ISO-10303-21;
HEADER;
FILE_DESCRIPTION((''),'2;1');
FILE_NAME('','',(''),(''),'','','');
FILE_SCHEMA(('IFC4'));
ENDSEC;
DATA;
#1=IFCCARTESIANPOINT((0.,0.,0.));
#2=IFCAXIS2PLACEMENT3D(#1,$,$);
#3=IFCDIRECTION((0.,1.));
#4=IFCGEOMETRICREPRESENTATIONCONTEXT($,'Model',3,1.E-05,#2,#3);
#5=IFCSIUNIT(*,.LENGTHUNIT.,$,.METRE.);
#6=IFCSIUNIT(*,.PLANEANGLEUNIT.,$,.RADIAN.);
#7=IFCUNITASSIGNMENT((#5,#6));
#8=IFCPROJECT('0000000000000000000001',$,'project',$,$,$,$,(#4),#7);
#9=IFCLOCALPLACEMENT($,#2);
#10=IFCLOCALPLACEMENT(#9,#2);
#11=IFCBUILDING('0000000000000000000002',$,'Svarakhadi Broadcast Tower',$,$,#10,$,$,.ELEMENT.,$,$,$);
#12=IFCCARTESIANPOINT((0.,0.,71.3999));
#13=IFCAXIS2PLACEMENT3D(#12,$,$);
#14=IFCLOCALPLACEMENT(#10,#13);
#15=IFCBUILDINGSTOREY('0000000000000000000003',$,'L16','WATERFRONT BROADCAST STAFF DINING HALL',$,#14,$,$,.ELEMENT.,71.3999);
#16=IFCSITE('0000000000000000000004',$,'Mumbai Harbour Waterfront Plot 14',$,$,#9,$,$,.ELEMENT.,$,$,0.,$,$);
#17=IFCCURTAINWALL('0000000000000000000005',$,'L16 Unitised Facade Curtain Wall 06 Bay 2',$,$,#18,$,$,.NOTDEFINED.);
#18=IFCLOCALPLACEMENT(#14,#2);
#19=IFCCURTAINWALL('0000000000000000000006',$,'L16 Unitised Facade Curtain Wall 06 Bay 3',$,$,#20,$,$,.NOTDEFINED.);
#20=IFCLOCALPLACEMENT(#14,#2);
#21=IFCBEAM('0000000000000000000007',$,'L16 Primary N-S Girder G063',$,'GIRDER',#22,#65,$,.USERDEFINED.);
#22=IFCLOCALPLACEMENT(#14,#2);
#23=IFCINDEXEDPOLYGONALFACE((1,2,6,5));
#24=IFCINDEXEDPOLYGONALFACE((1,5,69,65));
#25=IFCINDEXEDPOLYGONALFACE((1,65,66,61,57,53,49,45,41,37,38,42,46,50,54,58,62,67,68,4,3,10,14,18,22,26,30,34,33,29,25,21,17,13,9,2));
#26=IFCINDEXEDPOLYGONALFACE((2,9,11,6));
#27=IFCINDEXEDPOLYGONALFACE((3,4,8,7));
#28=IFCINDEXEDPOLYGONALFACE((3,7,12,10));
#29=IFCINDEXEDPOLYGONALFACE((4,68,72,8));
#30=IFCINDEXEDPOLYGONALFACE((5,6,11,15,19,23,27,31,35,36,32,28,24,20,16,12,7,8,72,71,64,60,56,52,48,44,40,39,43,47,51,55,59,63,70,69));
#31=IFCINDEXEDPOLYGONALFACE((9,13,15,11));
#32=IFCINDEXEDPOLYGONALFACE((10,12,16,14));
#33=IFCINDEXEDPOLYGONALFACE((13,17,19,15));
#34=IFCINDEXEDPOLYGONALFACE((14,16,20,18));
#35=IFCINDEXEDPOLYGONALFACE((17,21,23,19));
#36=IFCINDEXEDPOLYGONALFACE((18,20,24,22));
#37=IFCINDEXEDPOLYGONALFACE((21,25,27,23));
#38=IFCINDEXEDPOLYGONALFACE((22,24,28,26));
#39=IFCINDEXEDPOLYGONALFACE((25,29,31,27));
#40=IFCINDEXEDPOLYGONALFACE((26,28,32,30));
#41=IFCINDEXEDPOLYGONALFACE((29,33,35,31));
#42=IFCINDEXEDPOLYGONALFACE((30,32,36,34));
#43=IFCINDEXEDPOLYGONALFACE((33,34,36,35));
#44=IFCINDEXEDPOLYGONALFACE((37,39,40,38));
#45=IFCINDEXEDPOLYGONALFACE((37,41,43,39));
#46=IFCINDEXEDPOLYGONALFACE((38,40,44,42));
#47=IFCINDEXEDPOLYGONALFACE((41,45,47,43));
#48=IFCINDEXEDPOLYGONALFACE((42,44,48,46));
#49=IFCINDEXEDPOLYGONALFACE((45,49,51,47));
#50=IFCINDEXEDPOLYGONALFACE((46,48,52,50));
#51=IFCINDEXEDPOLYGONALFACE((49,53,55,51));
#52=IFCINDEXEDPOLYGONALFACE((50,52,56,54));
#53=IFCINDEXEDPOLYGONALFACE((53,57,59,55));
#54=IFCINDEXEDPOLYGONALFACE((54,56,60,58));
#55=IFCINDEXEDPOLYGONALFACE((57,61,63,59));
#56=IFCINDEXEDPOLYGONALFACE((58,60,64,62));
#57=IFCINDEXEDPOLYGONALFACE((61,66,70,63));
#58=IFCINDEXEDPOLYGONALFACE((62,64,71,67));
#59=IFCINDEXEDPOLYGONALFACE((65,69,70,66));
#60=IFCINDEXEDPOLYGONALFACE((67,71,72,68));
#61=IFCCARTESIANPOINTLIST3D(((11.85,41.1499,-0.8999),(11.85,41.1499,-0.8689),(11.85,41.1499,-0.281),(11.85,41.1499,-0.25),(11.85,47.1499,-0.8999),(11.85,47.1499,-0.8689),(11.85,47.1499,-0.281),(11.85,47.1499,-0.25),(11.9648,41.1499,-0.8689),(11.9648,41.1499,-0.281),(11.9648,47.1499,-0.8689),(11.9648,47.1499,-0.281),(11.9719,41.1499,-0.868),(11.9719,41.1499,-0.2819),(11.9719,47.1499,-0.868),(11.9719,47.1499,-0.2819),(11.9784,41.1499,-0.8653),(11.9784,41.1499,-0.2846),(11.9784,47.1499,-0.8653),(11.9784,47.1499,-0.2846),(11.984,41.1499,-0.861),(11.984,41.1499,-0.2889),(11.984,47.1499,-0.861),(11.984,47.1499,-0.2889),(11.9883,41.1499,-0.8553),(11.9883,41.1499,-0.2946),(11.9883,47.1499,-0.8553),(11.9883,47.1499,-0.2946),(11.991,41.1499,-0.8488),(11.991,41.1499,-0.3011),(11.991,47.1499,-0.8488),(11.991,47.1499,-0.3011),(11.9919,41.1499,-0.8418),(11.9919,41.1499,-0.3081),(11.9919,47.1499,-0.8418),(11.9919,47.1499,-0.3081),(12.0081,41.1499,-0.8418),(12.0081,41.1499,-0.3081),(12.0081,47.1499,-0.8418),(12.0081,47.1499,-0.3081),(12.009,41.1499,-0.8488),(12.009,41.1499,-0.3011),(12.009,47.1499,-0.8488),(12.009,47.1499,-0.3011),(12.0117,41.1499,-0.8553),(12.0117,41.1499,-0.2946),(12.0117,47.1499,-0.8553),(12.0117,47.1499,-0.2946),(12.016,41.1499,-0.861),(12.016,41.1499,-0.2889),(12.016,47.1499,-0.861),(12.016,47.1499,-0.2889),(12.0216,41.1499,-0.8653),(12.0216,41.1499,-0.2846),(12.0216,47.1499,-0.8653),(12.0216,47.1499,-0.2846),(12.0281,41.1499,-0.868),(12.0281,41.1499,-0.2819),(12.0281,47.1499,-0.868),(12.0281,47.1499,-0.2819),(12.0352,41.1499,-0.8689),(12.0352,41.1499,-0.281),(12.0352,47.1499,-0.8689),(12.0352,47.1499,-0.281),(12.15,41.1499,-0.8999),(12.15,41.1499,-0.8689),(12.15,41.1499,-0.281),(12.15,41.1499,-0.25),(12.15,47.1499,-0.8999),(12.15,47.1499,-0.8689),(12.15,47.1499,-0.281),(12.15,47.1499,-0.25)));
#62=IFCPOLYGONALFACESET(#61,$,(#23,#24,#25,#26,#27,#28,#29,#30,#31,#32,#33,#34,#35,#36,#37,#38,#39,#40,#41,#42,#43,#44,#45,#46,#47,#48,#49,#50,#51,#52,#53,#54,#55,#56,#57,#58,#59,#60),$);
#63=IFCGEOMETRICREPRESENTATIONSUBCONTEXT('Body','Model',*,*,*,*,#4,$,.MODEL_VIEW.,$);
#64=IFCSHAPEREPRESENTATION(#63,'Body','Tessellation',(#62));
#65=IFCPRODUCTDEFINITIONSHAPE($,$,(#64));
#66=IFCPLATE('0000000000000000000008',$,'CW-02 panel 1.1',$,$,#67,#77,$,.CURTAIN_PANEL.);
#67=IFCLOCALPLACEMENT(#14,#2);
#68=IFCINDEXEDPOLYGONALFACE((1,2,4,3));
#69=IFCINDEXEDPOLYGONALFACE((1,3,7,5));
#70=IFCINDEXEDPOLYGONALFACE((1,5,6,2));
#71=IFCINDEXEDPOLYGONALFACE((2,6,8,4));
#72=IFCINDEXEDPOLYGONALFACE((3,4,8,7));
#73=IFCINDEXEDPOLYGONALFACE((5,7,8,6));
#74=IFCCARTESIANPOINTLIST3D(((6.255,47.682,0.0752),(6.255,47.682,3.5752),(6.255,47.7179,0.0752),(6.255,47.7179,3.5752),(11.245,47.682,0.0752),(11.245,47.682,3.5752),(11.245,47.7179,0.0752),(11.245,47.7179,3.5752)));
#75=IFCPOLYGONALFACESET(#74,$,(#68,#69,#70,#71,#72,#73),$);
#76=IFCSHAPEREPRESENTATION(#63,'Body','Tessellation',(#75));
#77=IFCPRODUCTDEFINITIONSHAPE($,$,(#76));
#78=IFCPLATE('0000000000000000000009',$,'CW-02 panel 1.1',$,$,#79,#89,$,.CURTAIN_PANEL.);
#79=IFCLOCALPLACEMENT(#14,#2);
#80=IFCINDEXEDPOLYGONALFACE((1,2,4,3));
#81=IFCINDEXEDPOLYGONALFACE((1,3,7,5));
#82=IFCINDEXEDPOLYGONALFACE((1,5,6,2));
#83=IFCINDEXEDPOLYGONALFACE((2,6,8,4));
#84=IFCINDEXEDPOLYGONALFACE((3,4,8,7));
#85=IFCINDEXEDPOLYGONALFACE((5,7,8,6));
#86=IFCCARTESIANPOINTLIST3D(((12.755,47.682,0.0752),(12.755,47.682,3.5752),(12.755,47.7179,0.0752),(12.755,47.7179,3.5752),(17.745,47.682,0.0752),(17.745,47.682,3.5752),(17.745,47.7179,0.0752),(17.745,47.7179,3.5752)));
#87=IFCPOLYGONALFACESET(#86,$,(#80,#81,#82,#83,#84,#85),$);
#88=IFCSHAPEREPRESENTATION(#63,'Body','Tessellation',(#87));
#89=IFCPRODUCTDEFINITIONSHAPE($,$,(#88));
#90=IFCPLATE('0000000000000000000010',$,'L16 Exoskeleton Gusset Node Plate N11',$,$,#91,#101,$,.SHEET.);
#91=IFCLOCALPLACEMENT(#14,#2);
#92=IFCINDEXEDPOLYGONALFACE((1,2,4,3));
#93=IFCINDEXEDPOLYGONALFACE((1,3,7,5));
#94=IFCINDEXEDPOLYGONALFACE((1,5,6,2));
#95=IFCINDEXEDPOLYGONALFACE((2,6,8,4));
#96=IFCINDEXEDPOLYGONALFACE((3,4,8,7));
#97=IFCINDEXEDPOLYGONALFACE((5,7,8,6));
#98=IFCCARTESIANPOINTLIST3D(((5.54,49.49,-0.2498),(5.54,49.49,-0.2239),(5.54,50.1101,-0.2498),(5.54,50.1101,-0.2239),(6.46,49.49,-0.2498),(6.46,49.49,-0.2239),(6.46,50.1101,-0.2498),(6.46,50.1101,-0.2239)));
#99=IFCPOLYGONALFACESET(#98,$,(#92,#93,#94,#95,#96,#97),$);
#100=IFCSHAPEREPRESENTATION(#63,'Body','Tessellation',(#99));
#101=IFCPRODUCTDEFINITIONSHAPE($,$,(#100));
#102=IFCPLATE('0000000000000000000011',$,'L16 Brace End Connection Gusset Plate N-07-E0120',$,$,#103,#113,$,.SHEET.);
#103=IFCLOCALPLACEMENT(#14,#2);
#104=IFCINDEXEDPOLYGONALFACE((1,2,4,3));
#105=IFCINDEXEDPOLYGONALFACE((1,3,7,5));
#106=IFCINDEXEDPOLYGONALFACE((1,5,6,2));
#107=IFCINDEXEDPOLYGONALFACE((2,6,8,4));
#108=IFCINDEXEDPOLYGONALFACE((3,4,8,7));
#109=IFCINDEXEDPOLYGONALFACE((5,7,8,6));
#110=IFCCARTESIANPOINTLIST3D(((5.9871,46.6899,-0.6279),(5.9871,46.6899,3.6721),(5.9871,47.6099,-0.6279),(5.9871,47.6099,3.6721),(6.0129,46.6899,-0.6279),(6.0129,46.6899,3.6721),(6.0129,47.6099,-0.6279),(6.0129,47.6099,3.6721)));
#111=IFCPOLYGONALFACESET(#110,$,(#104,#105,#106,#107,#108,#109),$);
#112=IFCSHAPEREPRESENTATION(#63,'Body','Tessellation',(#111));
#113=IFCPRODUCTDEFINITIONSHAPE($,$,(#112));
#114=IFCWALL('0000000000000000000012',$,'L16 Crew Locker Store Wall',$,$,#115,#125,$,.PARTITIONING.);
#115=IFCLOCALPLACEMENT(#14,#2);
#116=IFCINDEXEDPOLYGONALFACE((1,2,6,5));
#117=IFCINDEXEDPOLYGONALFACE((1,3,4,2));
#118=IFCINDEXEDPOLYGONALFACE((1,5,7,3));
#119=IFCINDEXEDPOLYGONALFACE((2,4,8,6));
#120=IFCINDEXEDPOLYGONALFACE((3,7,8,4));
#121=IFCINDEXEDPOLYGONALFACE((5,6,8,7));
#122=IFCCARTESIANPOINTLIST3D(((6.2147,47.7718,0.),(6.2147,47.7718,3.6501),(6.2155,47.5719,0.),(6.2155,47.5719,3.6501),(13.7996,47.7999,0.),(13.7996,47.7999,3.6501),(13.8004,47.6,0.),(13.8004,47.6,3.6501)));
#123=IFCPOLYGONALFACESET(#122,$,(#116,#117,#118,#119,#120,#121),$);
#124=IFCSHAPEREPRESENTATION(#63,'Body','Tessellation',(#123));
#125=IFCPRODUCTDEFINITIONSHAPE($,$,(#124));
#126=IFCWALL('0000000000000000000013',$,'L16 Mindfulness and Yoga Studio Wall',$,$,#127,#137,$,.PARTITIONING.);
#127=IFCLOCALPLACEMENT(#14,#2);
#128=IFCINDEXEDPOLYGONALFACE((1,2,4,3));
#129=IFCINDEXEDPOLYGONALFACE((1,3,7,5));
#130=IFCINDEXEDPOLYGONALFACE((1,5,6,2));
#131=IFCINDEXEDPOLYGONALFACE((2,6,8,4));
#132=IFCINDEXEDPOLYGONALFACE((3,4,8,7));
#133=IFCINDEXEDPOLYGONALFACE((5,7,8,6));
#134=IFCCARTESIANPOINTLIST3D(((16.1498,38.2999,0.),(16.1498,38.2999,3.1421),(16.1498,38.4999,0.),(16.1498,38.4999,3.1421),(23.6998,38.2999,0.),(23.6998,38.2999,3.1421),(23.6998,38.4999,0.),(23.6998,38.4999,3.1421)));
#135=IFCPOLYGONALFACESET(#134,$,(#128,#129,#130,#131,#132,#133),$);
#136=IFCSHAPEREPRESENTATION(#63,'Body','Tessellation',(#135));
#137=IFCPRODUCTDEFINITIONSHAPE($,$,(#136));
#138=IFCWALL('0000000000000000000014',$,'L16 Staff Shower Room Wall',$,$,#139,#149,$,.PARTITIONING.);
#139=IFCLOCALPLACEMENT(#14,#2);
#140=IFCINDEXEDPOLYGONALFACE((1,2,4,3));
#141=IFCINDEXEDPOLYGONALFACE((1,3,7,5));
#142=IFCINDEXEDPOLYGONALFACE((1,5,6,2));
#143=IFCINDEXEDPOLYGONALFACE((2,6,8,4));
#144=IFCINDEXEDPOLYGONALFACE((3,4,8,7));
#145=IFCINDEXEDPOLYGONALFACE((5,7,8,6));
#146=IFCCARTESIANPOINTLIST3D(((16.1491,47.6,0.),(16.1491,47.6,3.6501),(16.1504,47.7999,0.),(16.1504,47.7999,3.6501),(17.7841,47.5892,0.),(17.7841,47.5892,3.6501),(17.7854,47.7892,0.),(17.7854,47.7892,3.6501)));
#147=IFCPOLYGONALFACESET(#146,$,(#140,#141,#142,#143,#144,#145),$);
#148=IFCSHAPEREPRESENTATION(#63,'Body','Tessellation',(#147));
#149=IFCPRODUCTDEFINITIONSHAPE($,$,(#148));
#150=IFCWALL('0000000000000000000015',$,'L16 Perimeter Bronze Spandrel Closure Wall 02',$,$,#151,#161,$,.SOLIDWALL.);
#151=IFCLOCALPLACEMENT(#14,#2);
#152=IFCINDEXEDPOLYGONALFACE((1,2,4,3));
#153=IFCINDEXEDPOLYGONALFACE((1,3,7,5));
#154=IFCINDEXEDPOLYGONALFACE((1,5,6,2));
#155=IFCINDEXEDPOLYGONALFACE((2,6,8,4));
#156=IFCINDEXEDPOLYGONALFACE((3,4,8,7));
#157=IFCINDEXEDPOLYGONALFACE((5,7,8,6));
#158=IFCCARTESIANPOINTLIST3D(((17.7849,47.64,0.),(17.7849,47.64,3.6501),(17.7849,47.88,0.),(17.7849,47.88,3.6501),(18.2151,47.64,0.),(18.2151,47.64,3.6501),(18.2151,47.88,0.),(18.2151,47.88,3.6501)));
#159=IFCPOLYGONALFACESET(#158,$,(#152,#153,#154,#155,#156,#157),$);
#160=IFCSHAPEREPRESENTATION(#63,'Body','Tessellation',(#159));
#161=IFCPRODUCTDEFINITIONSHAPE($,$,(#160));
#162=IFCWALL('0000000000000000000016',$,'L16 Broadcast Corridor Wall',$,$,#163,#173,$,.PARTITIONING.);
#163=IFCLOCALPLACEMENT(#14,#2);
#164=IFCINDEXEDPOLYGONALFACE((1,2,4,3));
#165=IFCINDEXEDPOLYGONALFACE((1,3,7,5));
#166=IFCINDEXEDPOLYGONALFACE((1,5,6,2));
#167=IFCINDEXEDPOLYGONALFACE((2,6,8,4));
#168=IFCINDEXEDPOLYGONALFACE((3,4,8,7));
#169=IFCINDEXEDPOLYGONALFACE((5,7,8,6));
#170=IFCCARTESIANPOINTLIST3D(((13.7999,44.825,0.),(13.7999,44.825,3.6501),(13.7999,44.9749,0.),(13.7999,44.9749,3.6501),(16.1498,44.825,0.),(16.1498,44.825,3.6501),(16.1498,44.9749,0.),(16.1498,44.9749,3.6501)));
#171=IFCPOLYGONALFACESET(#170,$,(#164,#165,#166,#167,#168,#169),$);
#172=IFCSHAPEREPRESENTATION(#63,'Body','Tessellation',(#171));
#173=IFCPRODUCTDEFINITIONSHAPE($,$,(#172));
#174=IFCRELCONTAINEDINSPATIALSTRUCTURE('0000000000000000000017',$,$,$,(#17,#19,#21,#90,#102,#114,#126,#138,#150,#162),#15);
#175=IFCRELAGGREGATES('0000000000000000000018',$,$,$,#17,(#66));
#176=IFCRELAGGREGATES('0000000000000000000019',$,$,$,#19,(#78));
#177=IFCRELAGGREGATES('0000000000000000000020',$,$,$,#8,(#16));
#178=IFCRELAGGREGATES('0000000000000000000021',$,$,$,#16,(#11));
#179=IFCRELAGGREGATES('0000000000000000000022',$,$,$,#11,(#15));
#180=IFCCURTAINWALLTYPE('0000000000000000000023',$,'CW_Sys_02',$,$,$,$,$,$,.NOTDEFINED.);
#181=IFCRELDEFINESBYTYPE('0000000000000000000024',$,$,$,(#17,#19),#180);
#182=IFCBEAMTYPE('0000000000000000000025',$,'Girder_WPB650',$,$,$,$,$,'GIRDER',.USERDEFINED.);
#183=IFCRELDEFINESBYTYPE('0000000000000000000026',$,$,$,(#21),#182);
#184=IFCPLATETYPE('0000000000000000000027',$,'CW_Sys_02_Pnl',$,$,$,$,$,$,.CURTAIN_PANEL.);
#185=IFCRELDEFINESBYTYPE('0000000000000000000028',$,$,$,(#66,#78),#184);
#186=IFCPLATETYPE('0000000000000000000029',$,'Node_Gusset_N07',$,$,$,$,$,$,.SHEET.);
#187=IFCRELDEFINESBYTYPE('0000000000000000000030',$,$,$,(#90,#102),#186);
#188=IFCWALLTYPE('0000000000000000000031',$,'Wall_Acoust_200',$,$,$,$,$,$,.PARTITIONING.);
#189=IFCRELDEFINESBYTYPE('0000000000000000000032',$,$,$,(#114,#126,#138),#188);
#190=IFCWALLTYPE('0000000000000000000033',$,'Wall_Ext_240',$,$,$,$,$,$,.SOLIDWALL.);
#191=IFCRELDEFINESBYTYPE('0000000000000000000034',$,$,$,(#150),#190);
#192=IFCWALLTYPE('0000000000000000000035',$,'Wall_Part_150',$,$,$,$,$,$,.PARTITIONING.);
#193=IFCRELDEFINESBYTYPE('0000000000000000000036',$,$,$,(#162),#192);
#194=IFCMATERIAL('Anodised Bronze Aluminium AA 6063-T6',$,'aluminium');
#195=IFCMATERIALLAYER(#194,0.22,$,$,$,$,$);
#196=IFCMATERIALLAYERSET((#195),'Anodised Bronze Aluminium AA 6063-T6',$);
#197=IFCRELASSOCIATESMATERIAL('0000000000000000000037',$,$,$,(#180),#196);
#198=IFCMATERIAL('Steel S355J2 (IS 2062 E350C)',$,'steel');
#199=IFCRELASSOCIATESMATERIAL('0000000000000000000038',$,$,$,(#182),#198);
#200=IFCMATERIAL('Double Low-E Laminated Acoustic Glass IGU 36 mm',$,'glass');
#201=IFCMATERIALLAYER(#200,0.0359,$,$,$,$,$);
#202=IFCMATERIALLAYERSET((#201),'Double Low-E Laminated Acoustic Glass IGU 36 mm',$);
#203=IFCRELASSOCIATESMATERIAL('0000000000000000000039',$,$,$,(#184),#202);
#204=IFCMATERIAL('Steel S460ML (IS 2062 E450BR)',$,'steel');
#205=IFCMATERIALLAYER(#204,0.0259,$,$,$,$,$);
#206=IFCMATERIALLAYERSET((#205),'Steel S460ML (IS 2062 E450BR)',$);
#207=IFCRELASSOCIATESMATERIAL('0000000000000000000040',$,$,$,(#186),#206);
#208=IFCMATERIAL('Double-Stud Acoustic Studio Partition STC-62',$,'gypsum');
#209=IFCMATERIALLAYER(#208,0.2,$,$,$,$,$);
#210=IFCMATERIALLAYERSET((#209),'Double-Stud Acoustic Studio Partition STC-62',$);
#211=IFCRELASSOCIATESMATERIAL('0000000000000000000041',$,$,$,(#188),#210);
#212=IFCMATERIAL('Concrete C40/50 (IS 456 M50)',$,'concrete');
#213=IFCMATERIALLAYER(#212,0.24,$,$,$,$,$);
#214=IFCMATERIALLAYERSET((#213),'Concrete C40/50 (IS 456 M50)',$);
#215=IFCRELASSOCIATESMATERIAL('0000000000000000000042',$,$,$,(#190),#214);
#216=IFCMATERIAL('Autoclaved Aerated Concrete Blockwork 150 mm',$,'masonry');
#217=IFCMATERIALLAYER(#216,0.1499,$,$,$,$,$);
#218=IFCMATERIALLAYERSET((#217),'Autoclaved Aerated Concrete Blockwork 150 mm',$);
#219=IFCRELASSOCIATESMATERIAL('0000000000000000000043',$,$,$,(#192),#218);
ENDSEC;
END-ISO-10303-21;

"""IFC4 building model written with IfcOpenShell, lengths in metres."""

from ifc_helpers import new_model, si_unit, direction, frame, frame_2d, origin, origin_2d, place, context, subcontext, project, spatial, rectangle, i_section, extrude, material, layer, layer_set, material_profile, profile_set, type_object, element, aggregate, save


model = new_model("IFC4")

# Units and contexts
model_context = context("Model", 3, precision=1e-05, world=origin(), true_north=direction((0.0, 1.0)))
body_context = subcontext(model_context, "Body", "Model", "MODEL_VIEW")
ifc_project = project(units=[si_unit("LENGTHUNIT", "METRE"), si_unit("PLANEANGLEUNIT", "RADIAN")], contexts=[model_context])

# Site, building, storey
site_placement = place(None, origin())
site = spatial("IfcSite", under=ifc_project, at=site_placement, Name="Mumbai Harbour Waterfront Plot 14", CompositionType="ELEMENT", RefElevation=0.0)
building_placement = place(site_placement, origin())
building = spatial("IfcBuilding", under=site, at=building_placement, Name="Svarakhadi Broadcast Tower", CompositionType="ELEMENT")
storey_placement = place(building_placement, frame((0.0, 0.0, 71.3999)))
storey = spatial("IfcBuildingStorey", under=building, at=storey_placement, Name="L16", Description="WATERFRONT BROADCAST STAFF DINING HALL", CompositionType="ELEMENT", Elevation=71.3999)

# Shared definitions
ifc_material_1 = material(Name="Steel S460ML (IS 2062 E450BR)", Category="steel")

# Shared definitions
ifc_material_2 = material(Name="Steel S355J2 (IS 2062 E350C)", Category="steel")

# Curtain walls
ifc_material_3 = material(Name="Anodised Bronze Aluminium AA 6063-T6", Category="aluminium")
ifc_layer_1 = layer(ifc_material_3, 0.22)
ifc_layer_set_1 = layer_set([ifc_layer_1], Name="Anodised Bronze Aluminium AA 6063-T6")
curtain_wall_type = type_object("IfcCurtainWallType", Name="CW_Sys_02", PredefinedType="NOTDEFINED", material=ifc_layer_set_1)
curtain_wall_1_placement = place(storey_placement, origin())
curtain_wall_1 = element("IfcCurtainWall", 1, at=curtain_wall_1_placement, inside=storey, type_object=curtain_wall_type, Name="L16 Unitised Facade Curtain Wall 06 Bay 2", PredefinedType="NOTDEFINED")
curtain_wall_2_placement = place(storey_placement, origin())
curtain_wall_2 = element("IfcCurtainWall", 2, at=curtain_wall_2_placement, inside=storey, type_object=curtain_wall_type, Name="L16 Unitised Facade Curtain Wall 06 Bay 3", PredefinedType="NOTDEFINED")

# Beam
ifc_material_profile_1 = material_profile(ifc_material_2, i_section(OverallWidth=0.3, OverallDepth=0.6499, WebThickness=0.0161, FlangeThickness=0.031, FilletRadius=0.0271, at=origin_2d()), Name="WPB 650x300x225")
ifc_profile_set_1 = profile_set([ifc_material_profile_1], Name="Steel S355J2 (IS 2062 E350C)")
beam_type_1 = type_object("IfcBeamType", Name="Girder_WPB650", ElementType="GIRDER", PredefinedType="USERDEFINED", material=ifc_profile_set_1)
for number, where, z_axis, x_axis, name in (
    (3, (12.0, 41.1499, -0.575), (0.0, 1.0, 0.0), (-1.0, 0.0, 0.0), "L16 Primary N-S Girder G063"),
):
    element("IfcBeam", number, at=place(storey_placement, frame(where, z_axis=z_axis, x_axis=x_axis)), inside=storey, type_object=beam_type_1, Name=name, ObjectType="GIRDER", PredefinedType="USERDEFINED", context=body_context, shape_type="SweptSolid", body=[
        extrude(i_section(OverallWidth=0.3, OverallDepth=0.6499, WebThickness=0.0161, FlangeThickness=0.031, FilletRadius=0.0271, at=origin_2d()), origin(), (0.0, 0.0, 1.0), 6.0),
    ])

# Plates
ifc_material_4 = material(Name="Double Low-E Laminated Acoustic Glass IGU 36 mm", Category="glass")
ifc_layer_2 = layer(ifc_material_4, 0.0359)
ifc_layer_set_2 = layer_set([ifc_layer_2], Name="Double Low-E Laminated Acoustic Glass IGU 36 mm")
plate_type_1 = type_object("IfcPlateType", Name="CW_Sys_02_Pnl", PredefinedType="CURTAIN_PANEL", material=ifc_layer_set_2)
plate_1_placement = place(storey_placement, frame((8.75, 47.7, 0.0752), z_axis=(0.0, 0.0, 1.0), x_axis=(1.0, 0.0, 0.0)))
plate_1 = element("IfcPlate", 4, at=plate_1_placement, type_object=plate_type_1, Name="CW-02 panel 1.1", PredefinedType="CURTAIN_PANEL", context=body_context, shape_type="SweptSolid", body=[
    extrude(rectangle(XDim=4.99, YDim=0.0359, at=origin_2d()), origin(), (0.0, 0.0, 1.0), 3.5),
])
aggregate(curtain_wall_1, [plate_1])
plate_2_placement = place(storey_placement, frame((15.25, 47.7, 0.0752), z_axis=(0.0, 0.0, 1.0), x_axis=(1.0, 0.0, 0.0)))
plate_2 = element("IfcPlate", 5, at=plate_2_placement, type_object=plate_type_1, Name="CW-02 panel 1.1", PredefinedType="CURTAIN_PANEL", context=body_context, shape_type="SweptSolid", body=[
    extrude(rectangle(XDim=4.99, YDim=0.0359, at=origin_2d()), origin(), (0.0, 0.0, 1.0), 3.5),
])
aggregate(curtain_wall_2, [plate_2])

# Plates
ifc_layer_3 = layer(ifc_material_1, 0.0259)
ifc_layer_set_3 = layer_set([ifc_layer_3], Name="Steel S460ML (IS 2062 E450BR)")
plate_type_2 = type_object("IfcPlateType", Name="Node_Gusset_N07", PredefinedType="SHEET", material=ifc_layer_set_3)
plate_3_placement = place(storey_placement, frame((6.0, 49.8, -0.2498), z_axis=(0.0, 0.0, 1.0), x_axis=(1.0, 0.0, 0.0)))
element("IfcPlate", 6, at=plate_3_placement, inside=storey, type_object=plate_type_2, Name="L16 Exoskeleton Gusset Node Plate N11", PredefinedType="SHEET", context=body_context, shape_type="SweptSolid", body=[
    extrude(rectangle(XDim=0.9199, YDim=0.6201, at=origin_2d()), origin(), (0.0, 0.0, 1.0), 0.0259),
])
plate_4_placement = place(storey_placement, frame((6.0, 47.1499, -0.6279), z_axis=(0.0, 0.0, 1.0), x_axis=(0.0, 1.0, 0.0)))
element("IfcPlate", 7, at=plate_4_placement, inside=storey, type_object=plate_type_2, Name="L16 Brace End Connection Gusset Plate N-07-E0120", PredefinedType="SHEET", context=body_context, shape_type="SweptSolid", body=[
    extrude(rectangle(XDim=0.9199, YDim=0.0259, at=origin_2d()), origin(), (0.0, 0.0, 1.0), 4.3),
])

# Walls
ifc_material_5 = material(Name="Double-Stud Acoustic Studio Partition STC-62", Category="gypsum")
ifc_layer_4 = layer(ifc_material_5, 0.2)
ifc_layer_set_4 = layer_set([ifc_layer_4], Name="Double-Stud Acoustic Studio Partition STC-62")
wall_type_1 = type_object("IfcWallType", Name="Wall_Acoust_200", PredefinedType="PARTITIONING", material=ifc_layer_set_4)
wall_1_placement = place(storey_placement, frame((6.2151, 47.6719, 0.0), z_axis=(0.0, 0.0, 1.0), x_axis=(0.999993, 0.003702, 0.0)))
element("IfcWall", 8, at=wall_1_placement, inside=storey, type_object=wall_type_1, Name="L16 Crew Locker Store Wall", PredefinedType="PARTITIONING", context=body_context, shape_type="SweptSolid", body=[
    extrude(rectangle(XDim=7.585, YDim=0.2, at=frame_2d((3.7925, 0.0))), origin(), (0.0, 0.0, 1.0), 3.6501),
])
wall_2_placement = place(storey_placement, frame((16.1499, 38.3999, 0.0), z_axis=(0.0, 0.0, 1.0), x_axis=(1.0, 0.0, 0.0)))
element("IfcWall", 9, at=wall_2_placement, inside=storey, type_object=wall_type_1, Name="L16 Mindfulness and Yoga Studio Wall", PredefinedType="PARTITIONING", context=body_context, shape_type="SweptSolid", body=[
    extrude(rectangle(XDim=7.55, YDim=0.2, at=frame_2d((3.7749, 0.0))), origin(), (0.0, 0.0, 1.0), 3.1421),
])
wall_3_placement = place(storey_placement, frame((16.1499, 47.7, 0.0), z_axis=(0.0, 0.0, 1.0), x_axis=(0.999978, -0.00657, 0.0)))
element("IfcWall", 10, at=wall_3_placement, inside=storey, type_object=wall_type_1, Name="L16 Staff Shower Room Wall", PredefinedType="PARTITIONING", context=body_context, shape_type="SweptSolid", body=[
    extrude(rectangle(XDim=1.635, YDim=0.2, at=frame_2d((0.8174, 0.0))), origin(), (0.0, 0.0, 1.0), 3.6501),
])
ifc_material_6 = material(Name="Concrete C40/50 (IS 456 M50)", Category="concrete")
ifc_layer_5 = layer(ifc_material_6, 0.24)
ifc_layer_set_5 = layer_set([ifc_layer_5], Name="Concrete C40/50 (IS 456 M50)")
wall_type_2 = type_object("IfcWallType", Name="Wall_Ext_240", PredefinedType="SOLIDWALL", material=ifc_layer_set_5)
wall_4_placement = place(storey_placement, frame((17.7849, 47.76, 0.0), z_axis=(0.0, 0.0, 1.0), x_axis=(1.0, 0.0, 0.0)))
element("IfcWall", 11, at=wall_4_placement, inside=storey, type_object=wall_type_2, Name="L16 Perimeter Bronze Spandrel Closure Wall 02", PredefinedType="SOLIDWALL", context=body_context, shape_type="SweptSolid", body=[
    extrude(rectangle(XDim=0.4302, YDim=0.24, at=frame_2d((0.2151, 0.0))), origin(), (0.0, 0.0, 1.0), 3.6501),
])
ifc_material_7 = material(Name="Autoclaved Aerated Concrete Blockwork 150 mm", Category="masonry")
ifc_layer_6 = layer(ifc_material_7, 0.1499)
ifc_layer_set_6 = layer_set([ifc_layer_6], Name="Autoclaved Aerated Concrete Blockwork 150 mm")
wall_type_3 = type_object("IfcWallType", Name="Wall_Part_150", PredefinedType="PARTITIONING", material=ifc_layer_set_6)
wall_5_placement = place(storey_placement, frame((13.8, 44.8999, 0.0), z_axis=(0.0, 0.0, 1.0), x_axis=(1.0, 0.0, 0.0)))
element("IfcWall", 12, at=wall_5_placement, inside=storey, type_object=wall_type_3, Name="L16 Broadcast Corridor Wall", PredefinedType="PARTITIONING", context=body_context, shape_type="SweptSolid", body=[
    extrude(rectangle(XDim=2.3499, YDim=0.1499, at=frame_2d((1.1748, 0.0))), origin(), (0.0, 0.0, 1.0), 3.6501),
])

save(model, "model.ifc")
